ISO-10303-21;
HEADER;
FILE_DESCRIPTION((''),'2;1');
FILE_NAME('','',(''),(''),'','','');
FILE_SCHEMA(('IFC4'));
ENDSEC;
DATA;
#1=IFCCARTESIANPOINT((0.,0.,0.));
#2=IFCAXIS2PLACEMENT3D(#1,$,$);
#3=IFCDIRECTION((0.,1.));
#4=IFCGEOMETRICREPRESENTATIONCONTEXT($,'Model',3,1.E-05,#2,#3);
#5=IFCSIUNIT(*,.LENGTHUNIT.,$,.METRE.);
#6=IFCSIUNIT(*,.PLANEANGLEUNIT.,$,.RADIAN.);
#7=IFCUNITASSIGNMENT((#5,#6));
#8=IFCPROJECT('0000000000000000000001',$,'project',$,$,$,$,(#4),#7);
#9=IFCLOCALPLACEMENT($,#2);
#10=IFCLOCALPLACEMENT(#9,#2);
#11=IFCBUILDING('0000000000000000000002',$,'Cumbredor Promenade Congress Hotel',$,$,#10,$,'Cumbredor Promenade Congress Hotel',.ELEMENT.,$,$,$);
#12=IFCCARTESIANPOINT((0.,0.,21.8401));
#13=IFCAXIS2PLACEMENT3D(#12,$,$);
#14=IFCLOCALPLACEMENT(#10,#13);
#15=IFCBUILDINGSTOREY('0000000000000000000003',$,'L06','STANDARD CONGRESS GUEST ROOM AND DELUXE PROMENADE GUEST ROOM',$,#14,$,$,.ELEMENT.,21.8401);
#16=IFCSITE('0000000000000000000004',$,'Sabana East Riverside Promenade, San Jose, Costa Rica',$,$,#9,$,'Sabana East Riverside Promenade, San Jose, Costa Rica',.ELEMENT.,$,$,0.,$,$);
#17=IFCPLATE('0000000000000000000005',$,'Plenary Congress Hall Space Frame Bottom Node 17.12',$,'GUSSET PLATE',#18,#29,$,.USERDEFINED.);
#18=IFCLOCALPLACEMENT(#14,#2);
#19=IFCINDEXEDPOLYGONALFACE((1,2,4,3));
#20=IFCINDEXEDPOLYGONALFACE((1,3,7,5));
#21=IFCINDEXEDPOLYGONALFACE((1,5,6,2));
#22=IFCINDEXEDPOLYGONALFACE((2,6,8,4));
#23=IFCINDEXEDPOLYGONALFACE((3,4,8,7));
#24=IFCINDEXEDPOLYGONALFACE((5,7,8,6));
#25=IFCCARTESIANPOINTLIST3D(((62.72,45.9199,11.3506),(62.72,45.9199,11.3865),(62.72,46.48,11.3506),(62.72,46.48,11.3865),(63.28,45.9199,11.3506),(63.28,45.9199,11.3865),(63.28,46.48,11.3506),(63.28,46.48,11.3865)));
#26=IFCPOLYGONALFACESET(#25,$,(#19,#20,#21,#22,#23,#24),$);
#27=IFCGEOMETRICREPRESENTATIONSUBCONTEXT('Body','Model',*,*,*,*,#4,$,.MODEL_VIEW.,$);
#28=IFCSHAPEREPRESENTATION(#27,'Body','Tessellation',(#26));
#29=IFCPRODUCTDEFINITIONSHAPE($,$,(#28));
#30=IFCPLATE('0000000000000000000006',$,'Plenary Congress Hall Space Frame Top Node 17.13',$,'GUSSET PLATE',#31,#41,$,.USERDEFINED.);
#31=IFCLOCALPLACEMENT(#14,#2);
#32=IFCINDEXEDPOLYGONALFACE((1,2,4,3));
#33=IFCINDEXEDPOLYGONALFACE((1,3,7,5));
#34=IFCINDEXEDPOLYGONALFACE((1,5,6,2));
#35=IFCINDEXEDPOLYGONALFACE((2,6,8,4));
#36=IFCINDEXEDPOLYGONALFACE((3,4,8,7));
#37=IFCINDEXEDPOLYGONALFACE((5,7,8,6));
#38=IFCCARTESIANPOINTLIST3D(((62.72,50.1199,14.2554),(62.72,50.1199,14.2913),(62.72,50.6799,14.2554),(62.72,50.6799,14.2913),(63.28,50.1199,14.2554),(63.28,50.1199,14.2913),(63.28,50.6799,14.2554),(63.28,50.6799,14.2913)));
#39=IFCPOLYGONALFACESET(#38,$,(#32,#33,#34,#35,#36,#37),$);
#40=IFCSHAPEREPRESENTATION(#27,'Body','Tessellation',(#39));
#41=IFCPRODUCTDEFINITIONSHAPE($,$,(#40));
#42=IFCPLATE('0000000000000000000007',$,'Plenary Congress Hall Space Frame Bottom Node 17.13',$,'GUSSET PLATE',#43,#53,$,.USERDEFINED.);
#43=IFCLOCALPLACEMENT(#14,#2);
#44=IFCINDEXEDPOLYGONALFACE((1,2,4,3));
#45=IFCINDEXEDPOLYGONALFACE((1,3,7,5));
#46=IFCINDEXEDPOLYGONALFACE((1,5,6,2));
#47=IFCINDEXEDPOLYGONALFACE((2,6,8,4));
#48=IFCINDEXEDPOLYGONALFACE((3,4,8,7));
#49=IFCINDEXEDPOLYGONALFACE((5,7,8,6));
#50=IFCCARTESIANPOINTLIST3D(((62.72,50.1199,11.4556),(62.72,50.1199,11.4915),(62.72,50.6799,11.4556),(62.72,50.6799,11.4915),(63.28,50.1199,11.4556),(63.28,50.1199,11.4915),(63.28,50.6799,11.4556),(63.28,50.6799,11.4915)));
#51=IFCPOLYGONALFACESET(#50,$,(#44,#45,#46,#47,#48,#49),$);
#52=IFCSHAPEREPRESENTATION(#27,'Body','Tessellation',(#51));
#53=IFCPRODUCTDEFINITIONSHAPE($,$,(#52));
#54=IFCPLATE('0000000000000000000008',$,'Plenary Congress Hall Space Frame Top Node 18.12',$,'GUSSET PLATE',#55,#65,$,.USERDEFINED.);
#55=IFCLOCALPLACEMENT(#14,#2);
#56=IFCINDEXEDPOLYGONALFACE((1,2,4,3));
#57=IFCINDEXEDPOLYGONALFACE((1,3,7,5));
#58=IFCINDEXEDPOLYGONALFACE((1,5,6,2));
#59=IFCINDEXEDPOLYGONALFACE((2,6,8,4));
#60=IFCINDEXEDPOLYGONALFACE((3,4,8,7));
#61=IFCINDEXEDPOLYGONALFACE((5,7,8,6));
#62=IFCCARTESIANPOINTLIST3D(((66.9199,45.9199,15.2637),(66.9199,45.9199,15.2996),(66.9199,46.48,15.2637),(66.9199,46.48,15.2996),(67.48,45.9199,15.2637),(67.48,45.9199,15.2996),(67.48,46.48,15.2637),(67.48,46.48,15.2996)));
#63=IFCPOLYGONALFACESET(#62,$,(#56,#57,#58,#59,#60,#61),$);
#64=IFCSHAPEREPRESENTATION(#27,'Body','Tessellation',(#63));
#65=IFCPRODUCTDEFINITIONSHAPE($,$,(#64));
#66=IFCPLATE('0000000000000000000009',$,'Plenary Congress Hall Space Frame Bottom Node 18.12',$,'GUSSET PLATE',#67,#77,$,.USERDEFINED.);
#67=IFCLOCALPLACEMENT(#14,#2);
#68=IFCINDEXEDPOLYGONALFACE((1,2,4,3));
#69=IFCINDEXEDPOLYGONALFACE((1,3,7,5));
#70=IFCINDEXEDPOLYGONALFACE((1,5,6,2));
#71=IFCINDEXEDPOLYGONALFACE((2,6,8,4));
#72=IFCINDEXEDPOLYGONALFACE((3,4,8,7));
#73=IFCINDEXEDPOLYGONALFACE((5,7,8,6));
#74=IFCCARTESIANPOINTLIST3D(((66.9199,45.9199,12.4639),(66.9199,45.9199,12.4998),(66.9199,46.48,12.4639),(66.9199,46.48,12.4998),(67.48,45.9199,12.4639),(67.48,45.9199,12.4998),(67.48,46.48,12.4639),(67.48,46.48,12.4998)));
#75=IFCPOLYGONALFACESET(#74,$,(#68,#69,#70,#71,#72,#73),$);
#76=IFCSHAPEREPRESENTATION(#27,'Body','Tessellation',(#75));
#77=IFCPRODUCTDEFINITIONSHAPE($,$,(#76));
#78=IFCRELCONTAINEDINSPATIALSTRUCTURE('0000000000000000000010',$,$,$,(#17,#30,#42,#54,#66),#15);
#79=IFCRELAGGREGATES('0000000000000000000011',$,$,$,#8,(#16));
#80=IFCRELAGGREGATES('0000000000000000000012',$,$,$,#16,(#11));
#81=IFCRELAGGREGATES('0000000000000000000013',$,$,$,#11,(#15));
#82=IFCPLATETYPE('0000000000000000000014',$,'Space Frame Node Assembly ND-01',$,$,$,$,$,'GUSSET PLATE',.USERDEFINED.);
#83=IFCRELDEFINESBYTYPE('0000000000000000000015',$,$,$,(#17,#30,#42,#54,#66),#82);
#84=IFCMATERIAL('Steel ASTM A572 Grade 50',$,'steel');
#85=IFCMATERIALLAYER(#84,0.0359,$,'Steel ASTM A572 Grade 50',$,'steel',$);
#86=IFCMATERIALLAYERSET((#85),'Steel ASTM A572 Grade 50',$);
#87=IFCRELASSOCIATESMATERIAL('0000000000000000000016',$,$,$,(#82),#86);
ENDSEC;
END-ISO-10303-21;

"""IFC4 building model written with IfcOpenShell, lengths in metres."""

from ifc_helpers import new_model, si_unit, direction, frame, origin, origin_2d, place, context, subcontext, project, spatial, rectangle, extrude, material, layer, layer_set, type_object, element, save


model = new_model("IFC4")

# Units and contexts
model_context = context("Model", 3, precision=1e-05, world=origin(), true_north=direction((0.0, 1.0)))
body_context = subcontext(model_context, "Body", "Model", "MODEL_VIEW")
ifc_project = project(units=[si_unit("LENGTHUNIT", "METRE"), si_unit("PLANEANGLEUNIT", "RADIAN")], contexts=[model_context])

# Site, building, storey
site_placement = place(None, origin())
site = spatial("IfcSite", under=ifc_project, at=site_placement, Name="Sabana East Riverside Promenade, San Jose, Costa Rica", LongName="Sabana East Riverside Promenade, San Jose, Costa Rica", CompositionType="ELEMENT", RefElevation=0.0)
building_placement = place(site_placement, origin())
building = spatial("IfcBuilding", under=site, at=building_placement, Name="Cumbredor Promenade Congress Hotel", LongName="Cumbredor Promenade Congress Hotel", CompositionType="ELEMENT")
storey_placement = place(building_placement, frame((0.0, 0.0, 21.8401)))
storey = spatial("IfcBuildingStorey", under=building, at=storey_placement, Name="L06", Description="STANDARD CONGRESS GUEST ROOM AND DELUXE PROMENADE GUEST ROOM", CompositionType="ELEMENT", Elevation=21.8401)

# Plates
ifc_material_1 = material(Name="Steel ASTM A572 Grade 50", Category="steel")
ifc_layer = layer(ifc_material_1, 0.0359, Name="Steel ASTM A572 Grade 50", Category="steel")
ifc_layer_set = layer_set([ifc_layer], Name="Steel ASTM A572 Grade 50")
plate_type = type_object("IfcPlateType", Name="Space Frame Node Assembly ND-01", ElementType="GUSSET PLATE", PredefinedType="USERDEFINED", material=ifc_layer_set)
for number, where, z_axis, x_axis, name in (
    (1, (63.0, 46.2, 11.3506), (0.0, 0.0, 1.0), (1.0, 0.0, 0.0), "Plenary Congress Hall Space Frame Bottom Node 17.12"),
    (2, (63.0, 50.3999, 14.2554), (0.0, 0.0, 1.0), (1.0, 0.0, 0.0), "Plenary Congress Hall Space Frame Top Node 17.13"),
    (3, (63.0, 50.3999, 11.4556), (0.0, 0.0, 1.0), (1.0, 0.0, 0.0), "Plenary Congress Hall Space Frame Bottom Node 17.13"),
    (4, (67.2, 46.2, 15.2637), (0.0, 0.0, 1.0), (1.0, 0.0, 0.0), "Plenary Congress Hall Space Frame Top Node 18.12"),
    (5, (67.2, 46.2, 12.4639), (0.0, 0.0, 1.0), (1.0, 0.0, 0.0), "Plenary Congress Hall Space Frame Bottom Node 18.12"),
):
    element("IfcPlate", number, at=place(storey_placement, frame(where, z_axis=z_axis, x_axis=x_axis)), inside=storey, type_object=plate_type, Name=name, ObjectType="GUSSET PLATE", PredefinedType="USERDEFINED", context=body_context, shape_type="SweptSolid", body=[
        extrude(rectangle(XDim=0.5601, YDim=0.5601, at=origin_2d()), origin(), (0.0, 0.0, 1.0), 0.0359),
    ])

save(model, "model.ifc")
